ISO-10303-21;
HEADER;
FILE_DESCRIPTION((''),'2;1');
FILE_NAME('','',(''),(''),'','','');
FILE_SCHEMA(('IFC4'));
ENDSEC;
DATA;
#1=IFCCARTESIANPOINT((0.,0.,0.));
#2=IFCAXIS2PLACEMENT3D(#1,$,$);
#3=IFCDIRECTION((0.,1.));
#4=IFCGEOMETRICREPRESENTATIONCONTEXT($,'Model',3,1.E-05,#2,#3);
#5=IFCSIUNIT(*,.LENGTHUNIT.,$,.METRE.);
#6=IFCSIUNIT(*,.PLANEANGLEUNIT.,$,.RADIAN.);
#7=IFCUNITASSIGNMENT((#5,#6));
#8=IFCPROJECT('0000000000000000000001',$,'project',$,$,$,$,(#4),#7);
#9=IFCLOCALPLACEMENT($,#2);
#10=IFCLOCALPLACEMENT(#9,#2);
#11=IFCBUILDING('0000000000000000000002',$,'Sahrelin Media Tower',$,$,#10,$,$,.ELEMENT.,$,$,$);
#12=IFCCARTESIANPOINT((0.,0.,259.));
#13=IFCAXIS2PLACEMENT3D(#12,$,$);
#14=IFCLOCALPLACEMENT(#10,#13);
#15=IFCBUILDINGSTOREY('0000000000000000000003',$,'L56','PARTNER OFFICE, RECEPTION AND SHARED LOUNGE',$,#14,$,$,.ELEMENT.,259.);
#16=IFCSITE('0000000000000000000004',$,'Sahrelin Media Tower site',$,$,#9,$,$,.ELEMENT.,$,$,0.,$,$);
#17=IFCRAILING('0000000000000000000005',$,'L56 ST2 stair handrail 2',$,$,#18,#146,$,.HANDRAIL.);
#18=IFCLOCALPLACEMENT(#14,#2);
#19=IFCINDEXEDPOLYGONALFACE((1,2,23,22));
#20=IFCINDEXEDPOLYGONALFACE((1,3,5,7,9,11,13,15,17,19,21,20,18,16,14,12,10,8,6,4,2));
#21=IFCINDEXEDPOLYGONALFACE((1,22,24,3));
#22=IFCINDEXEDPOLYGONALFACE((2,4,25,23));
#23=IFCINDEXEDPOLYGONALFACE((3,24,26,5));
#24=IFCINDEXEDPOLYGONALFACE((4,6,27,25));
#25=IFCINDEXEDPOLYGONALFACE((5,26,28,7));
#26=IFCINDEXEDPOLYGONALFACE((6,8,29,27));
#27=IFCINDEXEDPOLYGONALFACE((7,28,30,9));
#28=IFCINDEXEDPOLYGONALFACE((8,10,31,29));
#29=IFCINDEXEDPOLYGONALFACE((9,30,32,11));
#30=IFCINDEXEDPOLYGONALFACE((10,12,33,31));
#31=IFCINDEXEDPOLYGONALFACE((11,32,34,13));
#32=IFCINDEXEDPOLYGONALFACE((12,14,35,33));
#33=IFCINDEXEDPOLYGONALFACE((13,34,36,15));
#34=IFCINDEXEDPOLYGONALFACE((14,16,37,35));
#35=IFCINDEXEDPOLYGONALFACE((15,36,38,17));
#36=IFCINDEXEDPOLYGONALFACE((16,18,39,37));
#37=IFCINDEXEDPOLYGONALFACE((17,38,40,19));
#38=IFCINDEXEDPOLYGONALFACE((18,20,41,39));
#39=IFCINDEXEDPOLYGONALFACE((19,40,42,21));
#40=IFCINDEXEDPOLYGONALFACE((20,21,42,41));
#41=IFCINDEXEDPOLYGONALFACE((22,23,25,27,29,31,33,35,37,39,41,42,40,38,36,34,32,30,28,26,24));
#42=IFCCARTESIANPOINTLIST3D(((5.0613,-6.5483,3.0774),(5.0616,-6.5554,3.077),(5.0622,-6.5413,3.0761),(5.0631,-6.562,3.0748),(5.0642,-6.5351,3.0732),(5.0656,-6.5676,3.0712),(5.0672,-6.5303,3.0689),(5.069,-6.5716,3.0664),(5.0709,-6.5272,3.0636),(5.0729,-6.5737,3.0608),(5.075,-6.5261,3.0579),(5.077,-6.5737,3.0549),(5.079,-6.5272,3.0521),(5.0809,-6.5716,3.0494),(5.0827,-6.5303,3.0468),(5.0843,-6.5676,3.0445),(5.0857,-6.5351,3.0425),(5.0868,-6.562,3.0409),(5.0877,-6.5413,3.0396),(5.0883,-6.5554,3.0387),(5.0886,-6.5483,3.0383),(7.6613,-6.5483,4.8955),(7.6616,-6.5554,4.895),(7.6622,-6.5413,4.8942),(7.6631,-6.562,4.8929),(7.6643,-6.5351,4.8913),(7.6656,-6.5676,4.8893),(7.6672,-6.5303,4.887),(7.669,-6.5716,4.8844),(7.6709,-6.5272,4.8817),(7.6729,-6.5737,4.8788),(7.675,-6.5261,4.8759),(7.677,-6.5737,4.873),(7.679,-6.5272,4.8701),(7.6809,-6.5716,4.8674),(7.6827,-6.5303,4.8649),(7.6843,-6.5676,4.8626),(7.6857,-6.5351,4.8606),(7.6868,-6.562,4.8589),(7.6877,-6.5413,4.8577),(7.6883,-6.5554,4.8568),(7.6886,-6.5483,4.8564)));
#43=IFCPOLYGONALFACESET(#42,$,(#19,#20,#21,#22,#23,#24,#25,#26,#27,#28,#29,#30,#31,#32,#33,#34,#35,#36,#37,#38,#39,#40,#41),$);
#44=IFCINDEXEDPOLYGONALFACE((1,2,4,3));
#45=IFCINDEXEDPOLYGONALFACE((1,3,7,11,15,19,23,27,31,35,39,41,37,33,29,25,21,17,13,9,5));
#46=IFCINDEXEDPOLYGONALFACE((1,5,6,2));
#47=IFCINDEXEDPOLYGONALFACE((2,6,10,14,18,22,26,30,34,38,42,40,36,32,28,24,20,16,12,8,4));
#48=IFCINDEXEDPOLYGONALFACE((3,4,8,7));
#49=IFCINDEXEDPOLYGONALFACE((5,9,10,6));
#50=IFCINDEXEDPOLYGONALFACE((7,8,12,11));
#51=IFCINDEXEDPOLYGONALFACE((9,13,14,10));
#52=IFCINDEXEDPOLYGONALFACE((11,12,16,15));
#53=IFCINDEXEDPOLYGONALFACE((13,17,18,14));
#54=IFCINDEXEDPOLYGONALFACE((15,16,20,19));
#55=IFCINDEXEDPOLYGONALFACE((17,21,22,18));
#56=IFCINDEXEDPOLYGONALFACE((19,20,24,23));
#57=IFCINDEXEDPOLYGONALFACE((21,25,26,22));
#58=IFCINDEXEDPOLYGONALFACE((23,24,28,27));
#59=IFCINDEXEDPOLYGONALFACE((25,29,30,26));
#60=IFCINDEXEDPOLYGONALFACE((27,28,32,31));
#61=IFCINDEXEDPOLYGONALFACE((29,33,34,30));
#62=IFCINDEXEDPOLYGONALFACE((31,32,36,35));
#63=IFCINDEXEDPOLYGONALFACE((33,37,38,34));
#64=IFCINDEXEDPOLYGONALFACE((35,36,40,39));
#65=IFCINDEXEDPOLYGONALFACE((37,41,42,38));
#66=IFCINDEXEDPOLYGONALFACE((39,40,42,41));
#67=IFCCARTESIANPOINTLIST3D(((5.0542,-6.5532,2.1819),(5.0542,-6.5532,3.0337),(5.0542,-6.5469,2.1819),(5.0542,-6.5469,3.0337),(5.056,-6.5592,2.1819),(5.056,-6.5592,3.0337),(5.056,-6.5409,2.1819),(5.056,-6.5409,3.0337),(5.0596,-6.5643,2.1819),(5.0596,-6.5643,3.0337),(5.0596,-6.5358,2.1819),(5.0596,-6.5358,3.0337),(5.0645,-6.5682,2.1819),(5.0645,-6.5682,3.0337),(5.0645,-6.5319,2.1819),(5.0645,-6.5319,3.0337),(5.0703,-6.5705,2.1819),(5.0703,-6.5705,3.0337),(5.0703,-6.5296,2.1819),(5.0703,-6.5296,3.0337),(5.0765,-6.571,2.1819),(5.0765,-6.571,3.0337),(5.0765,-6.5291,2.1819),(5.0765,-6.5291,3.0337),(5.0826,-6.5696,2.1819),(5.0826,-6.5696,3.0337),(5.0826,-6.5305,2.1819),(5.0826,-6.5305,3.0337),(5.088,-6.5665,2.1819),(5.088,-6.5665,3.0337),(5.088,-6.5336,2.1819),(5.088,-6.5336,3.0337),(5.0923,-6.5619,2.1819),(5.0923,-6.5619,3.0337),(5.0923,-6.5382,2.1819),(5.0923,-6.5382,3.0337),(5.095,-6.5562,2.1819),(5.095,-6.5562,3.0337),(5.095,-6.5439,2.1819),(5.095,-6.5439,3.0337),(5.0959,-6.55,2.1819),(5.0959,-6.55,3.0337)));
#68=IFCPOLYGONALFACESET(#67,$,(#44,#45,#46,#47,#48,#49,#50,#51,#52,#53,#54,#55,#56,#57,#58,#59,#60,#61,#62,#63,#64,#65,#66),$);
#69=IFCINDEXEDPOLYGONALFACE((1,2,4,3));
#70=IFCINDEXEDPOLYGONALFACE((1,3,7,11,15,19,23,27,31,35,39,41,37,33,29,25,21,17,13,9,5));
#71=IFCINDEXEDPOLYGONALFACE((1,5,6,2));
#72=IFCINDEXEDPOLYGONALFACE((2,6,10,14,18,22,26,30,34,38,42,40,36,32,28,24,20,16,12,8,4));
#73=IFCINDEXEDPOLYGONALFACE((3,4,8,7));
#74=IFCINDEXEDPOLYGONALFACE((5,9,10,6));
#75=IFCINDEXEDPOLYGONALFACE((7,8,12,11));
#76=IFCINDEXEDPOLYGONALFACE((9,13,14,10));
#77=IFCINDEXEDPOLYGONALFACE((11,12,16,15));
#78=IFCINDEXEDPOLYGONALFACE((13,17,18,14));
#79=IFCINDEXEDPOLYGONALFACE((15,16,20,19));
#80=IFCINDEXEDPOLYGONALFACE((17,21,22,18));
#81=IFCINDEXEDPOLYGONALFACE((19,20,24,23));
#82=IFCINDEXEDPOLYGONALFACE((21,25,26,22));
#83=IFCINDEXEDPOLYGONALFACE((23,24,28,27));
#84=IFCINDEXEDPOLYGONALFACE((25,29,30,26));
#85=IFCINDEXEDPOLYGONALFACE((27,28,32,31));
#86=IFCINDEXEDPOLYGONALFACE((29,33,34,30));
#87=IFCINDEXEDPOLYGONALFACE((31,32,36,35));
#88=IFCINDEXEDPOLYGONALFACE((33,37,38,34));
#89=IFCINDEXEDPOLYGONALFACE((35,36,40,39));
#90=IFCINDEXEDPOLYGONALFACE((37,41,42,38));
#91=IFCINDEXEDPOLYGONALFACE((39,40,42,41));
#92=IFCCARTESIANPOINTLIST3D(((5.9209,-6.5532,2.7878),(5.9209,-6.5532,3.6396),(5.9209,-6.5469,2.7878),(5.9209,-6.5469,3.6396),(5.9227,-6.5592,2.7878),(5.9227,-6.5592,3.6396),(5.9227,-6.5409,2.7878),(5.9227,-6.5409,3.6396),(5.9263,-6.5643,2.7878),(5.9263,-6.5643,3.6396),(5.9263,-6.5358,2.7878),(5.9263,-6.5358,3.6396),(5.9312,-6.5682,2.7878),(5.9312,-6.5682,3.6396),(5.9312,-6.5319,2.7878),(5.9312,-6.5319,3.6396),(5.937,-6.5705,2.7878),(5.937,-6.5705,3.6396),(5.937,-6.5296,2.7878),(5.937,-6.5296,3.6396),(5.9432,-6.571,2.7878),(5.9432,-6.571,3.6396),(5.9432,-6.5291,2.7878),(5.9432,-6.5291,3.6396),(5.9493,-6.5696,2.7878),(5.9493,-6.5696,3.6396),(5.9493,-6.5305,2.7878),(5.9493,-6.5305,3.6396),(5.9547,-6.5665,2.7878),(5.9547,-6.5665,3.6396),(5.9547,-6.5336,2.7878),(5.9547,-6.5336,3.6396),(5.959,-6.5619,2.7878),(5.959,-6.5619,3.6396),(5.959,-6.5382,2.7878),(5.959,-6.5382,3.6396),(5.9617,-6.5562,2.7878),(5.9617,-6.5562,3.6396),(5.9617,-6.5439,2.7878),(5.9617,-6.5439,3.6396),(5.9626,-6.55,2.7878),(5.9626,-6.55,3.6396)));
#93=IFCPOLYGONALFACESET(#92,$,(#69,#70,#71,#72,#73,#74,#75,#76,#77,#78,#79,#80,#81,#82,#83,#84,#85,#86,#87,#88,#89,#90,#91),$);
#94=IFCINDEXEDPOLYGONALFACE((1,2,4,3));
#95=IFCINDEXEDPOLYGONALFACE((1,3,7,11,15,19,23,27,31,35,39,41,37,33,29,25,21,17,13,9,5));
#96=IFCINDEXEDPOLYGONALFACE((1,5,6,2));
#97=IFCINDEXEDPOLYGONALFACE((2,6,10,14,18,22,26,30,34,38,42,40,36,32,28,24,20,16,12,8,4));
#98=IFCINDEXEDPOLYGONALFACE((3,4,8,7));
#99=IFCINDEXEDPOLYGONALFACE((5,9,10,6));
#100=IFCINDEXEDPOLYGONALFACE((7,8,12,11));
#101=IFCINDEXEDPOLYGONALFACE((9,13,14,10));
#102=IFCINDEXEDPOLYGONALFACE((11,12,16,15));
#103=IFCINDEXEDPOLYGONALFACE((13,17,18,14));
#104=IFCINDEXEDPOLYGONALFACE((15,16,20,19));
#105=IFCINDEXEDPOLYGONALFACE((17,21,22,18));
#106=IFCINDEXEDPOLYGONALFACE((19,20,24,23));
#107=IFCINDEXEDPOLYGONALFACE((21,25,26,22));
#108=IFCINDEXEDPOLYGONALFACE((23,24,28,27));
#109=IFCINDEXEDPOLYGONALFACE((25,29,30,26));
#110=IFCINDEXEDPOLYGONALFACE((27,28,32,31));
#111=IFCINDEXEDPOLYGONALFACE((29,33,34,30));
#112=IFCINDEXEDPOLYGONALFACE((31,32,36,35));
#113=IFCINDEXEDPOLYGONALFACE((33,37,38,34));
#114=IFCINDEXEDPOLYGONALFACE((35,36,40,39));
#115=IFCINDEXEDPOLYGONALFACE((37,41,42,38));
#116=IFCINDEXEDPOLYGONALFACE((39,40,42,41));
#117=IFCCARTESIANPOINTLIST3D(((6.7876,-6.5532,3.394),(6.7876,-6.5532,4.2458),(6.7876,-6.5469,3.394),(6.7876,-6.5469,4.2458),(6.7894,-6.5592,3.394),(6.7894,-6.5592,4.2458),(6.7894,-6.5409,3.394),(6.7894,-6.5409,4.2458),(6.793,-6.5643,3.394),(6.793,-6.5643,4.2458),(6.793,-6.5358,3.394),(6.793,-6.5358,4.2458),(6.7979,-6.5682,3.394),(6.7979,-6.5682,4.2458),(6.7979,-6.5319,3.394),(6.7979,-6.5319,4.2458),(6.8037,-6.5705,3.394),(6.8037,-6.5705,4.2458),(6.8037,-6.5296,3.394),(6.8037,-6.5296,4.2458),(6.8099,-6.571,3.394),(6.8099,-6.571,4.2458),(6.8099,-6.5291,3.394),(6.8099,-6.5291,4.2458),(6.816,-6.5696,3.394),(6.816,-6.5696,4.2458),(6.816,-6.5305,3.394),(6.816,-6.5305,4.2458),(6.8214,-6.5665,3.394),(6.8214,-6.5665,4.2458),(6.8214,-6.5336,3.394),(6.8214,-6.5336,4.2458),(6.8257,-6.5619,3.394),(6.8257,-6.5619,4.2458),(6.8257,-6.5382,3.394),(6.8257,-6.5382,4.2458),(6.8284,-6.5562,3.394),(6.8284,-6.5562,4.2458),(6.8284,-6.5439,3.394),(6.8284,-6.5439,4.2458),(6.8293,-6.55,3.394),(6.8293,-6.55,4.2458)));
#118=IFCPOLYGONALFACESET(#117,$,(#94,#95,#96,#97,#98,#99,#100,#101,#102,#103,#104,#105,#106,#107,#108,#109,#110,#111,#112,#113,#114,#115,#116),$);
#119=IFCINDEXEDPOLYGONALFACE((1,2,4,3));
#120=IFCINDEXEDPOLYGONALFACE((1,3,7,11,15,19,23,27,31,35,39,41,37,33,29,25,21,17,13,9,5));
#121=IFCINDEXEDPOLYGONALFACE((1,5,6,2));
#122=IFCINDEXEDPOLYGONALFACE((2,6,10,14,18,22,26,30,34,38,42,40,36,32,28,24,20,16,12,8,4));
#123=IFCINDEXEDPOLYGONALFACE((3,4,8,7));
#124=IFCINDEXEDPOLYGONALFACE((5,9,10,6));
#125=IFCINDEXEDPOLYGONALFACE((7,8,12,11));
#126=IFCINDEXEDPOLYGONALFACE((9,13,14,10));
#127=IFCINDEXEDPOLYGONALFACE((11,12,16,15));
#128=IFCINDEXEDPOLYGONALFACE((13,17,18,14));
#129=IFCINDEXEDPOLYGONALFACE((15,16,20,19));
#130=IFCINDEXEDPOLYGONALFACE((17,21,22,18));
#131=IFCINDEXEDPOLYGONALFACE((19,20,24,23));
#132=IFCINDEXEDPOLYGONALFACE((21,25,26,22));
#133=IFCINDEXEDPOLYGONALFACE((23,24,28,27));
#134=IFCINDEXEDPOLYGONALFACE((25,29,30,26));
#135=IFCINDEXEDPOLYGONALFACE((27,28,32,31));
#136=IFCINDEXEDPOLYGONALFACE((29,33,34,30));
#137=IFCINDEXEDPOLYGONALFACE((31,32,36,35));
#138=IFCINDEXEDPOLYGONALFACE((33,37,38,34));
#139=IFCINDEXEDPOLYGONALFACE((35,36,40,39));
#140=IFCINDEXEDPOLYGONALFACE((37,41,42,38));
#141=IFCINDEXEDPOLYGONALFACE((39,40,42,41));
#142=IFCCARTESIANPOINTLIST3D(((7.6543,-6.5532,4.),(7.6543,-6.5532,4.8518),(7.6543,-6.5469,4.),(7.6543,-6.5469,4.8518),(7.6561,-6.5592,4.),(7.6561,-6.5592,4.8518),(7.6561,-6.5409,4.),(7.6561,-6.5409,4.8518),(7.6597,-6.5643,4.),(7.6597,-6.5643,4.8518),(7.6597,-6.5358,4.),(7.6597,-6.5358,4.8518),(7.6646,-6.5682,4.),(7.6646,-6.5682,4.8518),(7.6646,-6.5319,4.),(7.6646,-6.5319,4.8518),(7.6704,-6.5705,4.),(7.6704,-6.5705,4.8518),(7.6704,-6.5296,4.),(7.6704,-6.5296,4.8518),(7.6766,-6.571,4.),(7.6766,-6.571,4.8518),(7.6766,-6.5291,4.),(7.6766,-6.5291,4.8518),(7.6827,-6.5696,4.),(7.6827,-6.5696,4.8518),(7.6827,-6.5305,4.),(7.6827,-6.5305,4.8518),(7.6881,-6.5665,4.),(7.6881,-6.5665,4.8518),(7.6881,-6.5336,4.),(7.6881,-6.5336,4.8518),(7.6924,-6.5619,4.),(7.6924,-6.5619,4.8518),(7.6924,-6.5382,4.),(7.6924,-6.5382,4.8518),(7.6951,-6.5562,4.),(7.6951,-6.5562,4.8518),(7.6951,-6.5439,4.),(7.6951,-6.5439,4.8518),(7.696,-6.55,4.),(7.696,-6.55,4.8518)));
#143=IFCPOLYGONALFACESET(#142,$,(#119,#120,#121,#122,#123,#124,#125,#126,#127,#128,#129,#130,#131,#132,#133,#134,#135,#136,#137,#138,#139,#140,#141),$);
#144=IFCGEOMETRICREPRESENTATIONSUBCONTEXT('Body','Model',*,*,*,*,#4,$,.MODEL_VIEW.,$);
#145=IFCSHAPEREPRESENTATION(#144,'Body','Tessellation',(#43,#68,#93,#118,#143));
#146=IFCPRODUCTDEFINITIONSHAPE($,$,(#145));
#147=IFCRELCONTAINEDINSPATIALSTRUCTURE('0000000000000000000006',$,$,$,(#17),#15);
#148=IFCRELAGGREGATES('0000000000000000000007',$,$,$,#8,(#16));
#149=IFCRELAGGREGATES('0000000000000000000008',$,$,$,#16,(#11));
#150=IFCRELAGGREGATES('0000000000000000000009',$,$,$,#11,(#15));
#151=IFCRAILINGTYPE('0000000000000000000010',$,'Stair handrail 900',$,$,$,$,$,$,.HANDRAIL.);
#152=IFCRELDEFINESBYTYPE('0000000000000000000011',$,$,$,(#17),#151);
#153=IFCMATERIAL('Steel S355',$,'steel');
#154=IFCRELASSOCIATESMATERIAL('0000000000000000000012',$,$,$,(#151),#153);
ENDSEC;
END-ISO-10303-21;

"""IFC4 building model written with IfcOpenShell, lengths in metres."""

from ifc_helpers import new_model, si_unit, direction, frame, origin, origin_2d, place, context, subcontext, project, spatial, circle, extrude, material, type_object, element, save


model = new_model("IFC4")

# Units and contexts
model_context = context("Model", 3, precision=1e-05, world=origin(), true_north=direction((0.0, 1.0)))
body_context = subcontext(model_context, "Body", "Model", "MODEL_VIEW")
ifc_project = project(units=[si_unit("LENGTHUNIT", "METRE"), si_unit("PLANEANGLEUNIT", "RADIAN")], contexts=[model_context])

# Site, building, storey
site_placement = place(None, origin())
site = spatial("IfcSite", under=ifc_project, at=site_placement, Name="Sahrelin Media Tower site", CompositionType="ELEMENT", RefElevation=0.0)
building_placement = place(site_placement, origin())
building = spatial("IfcBuilding", under=site, at=building_placement, Name="Sahrelin Media Tower", CompositionType="ELEMENT")
storey_placement = place(building_placement, frame((0.0, 0.0, 259.0)))
storey = spatial("IfcBuildingStorey", under=building, at=storey_placement, Name="L56", Description="PARTNER OFFICE, RECEPTION AND SHARED LOUNGE", CompositionType="ELEMENT", Elevation=259.0)

# Shared definitions
ifc_material_1 = material(Name="Steel S355", Category="steel")

# Railing
railing_type_1 = type_object("IfcRailingType", Name="Stair handrail 900", PredefinedType="HANDRAIL", material=ifc_material_1)
railing_1_placement = place(storey_placement, frame((5.075, -6.55, 2.1819)))
element("IfcRailing", 1, at=railing_1_placement, inside=storey, type_object=railing_type_1, Name="L56 ST2 stair handrail 2", PredefinedType="HANDRAIL", context=body_context, shape_type="SweptSolid", body=[
    extrude(circle(Radius=0.0239, at=origin_2d()), frame((0.0, 0.0, 0.876), z_axis=(0.819521, 0.0, 0.573049), x_axis=(0.0, 1.0, 0.0)), (0.0, 0.0, 1.0), 3.1726),
    extrude(circle(Radius=0.021, at=origin_2d()), origin(), (0.0, 0.0, 1.0), 0.8518),
    extrude(circle(Radius=0.021, at=origin_2d()), frame((0.8667, 0.0, 0.606)), (0.0, 0.0, 1.0), 0.8518),
    extrude(circle(Radius=0.021, at=origin_2d()), frame((1.7334, 0.0, 1.2122)), (0.0, 0.0, 1.0), 0.8518),
    extrude(circle(Radius=0.021, at=origin_2d()), frame((2.6001, 0.0, 1.8181)), (0.0, 0.0, 1.0), 0.8518),
])

save(model, "model.ifc")
